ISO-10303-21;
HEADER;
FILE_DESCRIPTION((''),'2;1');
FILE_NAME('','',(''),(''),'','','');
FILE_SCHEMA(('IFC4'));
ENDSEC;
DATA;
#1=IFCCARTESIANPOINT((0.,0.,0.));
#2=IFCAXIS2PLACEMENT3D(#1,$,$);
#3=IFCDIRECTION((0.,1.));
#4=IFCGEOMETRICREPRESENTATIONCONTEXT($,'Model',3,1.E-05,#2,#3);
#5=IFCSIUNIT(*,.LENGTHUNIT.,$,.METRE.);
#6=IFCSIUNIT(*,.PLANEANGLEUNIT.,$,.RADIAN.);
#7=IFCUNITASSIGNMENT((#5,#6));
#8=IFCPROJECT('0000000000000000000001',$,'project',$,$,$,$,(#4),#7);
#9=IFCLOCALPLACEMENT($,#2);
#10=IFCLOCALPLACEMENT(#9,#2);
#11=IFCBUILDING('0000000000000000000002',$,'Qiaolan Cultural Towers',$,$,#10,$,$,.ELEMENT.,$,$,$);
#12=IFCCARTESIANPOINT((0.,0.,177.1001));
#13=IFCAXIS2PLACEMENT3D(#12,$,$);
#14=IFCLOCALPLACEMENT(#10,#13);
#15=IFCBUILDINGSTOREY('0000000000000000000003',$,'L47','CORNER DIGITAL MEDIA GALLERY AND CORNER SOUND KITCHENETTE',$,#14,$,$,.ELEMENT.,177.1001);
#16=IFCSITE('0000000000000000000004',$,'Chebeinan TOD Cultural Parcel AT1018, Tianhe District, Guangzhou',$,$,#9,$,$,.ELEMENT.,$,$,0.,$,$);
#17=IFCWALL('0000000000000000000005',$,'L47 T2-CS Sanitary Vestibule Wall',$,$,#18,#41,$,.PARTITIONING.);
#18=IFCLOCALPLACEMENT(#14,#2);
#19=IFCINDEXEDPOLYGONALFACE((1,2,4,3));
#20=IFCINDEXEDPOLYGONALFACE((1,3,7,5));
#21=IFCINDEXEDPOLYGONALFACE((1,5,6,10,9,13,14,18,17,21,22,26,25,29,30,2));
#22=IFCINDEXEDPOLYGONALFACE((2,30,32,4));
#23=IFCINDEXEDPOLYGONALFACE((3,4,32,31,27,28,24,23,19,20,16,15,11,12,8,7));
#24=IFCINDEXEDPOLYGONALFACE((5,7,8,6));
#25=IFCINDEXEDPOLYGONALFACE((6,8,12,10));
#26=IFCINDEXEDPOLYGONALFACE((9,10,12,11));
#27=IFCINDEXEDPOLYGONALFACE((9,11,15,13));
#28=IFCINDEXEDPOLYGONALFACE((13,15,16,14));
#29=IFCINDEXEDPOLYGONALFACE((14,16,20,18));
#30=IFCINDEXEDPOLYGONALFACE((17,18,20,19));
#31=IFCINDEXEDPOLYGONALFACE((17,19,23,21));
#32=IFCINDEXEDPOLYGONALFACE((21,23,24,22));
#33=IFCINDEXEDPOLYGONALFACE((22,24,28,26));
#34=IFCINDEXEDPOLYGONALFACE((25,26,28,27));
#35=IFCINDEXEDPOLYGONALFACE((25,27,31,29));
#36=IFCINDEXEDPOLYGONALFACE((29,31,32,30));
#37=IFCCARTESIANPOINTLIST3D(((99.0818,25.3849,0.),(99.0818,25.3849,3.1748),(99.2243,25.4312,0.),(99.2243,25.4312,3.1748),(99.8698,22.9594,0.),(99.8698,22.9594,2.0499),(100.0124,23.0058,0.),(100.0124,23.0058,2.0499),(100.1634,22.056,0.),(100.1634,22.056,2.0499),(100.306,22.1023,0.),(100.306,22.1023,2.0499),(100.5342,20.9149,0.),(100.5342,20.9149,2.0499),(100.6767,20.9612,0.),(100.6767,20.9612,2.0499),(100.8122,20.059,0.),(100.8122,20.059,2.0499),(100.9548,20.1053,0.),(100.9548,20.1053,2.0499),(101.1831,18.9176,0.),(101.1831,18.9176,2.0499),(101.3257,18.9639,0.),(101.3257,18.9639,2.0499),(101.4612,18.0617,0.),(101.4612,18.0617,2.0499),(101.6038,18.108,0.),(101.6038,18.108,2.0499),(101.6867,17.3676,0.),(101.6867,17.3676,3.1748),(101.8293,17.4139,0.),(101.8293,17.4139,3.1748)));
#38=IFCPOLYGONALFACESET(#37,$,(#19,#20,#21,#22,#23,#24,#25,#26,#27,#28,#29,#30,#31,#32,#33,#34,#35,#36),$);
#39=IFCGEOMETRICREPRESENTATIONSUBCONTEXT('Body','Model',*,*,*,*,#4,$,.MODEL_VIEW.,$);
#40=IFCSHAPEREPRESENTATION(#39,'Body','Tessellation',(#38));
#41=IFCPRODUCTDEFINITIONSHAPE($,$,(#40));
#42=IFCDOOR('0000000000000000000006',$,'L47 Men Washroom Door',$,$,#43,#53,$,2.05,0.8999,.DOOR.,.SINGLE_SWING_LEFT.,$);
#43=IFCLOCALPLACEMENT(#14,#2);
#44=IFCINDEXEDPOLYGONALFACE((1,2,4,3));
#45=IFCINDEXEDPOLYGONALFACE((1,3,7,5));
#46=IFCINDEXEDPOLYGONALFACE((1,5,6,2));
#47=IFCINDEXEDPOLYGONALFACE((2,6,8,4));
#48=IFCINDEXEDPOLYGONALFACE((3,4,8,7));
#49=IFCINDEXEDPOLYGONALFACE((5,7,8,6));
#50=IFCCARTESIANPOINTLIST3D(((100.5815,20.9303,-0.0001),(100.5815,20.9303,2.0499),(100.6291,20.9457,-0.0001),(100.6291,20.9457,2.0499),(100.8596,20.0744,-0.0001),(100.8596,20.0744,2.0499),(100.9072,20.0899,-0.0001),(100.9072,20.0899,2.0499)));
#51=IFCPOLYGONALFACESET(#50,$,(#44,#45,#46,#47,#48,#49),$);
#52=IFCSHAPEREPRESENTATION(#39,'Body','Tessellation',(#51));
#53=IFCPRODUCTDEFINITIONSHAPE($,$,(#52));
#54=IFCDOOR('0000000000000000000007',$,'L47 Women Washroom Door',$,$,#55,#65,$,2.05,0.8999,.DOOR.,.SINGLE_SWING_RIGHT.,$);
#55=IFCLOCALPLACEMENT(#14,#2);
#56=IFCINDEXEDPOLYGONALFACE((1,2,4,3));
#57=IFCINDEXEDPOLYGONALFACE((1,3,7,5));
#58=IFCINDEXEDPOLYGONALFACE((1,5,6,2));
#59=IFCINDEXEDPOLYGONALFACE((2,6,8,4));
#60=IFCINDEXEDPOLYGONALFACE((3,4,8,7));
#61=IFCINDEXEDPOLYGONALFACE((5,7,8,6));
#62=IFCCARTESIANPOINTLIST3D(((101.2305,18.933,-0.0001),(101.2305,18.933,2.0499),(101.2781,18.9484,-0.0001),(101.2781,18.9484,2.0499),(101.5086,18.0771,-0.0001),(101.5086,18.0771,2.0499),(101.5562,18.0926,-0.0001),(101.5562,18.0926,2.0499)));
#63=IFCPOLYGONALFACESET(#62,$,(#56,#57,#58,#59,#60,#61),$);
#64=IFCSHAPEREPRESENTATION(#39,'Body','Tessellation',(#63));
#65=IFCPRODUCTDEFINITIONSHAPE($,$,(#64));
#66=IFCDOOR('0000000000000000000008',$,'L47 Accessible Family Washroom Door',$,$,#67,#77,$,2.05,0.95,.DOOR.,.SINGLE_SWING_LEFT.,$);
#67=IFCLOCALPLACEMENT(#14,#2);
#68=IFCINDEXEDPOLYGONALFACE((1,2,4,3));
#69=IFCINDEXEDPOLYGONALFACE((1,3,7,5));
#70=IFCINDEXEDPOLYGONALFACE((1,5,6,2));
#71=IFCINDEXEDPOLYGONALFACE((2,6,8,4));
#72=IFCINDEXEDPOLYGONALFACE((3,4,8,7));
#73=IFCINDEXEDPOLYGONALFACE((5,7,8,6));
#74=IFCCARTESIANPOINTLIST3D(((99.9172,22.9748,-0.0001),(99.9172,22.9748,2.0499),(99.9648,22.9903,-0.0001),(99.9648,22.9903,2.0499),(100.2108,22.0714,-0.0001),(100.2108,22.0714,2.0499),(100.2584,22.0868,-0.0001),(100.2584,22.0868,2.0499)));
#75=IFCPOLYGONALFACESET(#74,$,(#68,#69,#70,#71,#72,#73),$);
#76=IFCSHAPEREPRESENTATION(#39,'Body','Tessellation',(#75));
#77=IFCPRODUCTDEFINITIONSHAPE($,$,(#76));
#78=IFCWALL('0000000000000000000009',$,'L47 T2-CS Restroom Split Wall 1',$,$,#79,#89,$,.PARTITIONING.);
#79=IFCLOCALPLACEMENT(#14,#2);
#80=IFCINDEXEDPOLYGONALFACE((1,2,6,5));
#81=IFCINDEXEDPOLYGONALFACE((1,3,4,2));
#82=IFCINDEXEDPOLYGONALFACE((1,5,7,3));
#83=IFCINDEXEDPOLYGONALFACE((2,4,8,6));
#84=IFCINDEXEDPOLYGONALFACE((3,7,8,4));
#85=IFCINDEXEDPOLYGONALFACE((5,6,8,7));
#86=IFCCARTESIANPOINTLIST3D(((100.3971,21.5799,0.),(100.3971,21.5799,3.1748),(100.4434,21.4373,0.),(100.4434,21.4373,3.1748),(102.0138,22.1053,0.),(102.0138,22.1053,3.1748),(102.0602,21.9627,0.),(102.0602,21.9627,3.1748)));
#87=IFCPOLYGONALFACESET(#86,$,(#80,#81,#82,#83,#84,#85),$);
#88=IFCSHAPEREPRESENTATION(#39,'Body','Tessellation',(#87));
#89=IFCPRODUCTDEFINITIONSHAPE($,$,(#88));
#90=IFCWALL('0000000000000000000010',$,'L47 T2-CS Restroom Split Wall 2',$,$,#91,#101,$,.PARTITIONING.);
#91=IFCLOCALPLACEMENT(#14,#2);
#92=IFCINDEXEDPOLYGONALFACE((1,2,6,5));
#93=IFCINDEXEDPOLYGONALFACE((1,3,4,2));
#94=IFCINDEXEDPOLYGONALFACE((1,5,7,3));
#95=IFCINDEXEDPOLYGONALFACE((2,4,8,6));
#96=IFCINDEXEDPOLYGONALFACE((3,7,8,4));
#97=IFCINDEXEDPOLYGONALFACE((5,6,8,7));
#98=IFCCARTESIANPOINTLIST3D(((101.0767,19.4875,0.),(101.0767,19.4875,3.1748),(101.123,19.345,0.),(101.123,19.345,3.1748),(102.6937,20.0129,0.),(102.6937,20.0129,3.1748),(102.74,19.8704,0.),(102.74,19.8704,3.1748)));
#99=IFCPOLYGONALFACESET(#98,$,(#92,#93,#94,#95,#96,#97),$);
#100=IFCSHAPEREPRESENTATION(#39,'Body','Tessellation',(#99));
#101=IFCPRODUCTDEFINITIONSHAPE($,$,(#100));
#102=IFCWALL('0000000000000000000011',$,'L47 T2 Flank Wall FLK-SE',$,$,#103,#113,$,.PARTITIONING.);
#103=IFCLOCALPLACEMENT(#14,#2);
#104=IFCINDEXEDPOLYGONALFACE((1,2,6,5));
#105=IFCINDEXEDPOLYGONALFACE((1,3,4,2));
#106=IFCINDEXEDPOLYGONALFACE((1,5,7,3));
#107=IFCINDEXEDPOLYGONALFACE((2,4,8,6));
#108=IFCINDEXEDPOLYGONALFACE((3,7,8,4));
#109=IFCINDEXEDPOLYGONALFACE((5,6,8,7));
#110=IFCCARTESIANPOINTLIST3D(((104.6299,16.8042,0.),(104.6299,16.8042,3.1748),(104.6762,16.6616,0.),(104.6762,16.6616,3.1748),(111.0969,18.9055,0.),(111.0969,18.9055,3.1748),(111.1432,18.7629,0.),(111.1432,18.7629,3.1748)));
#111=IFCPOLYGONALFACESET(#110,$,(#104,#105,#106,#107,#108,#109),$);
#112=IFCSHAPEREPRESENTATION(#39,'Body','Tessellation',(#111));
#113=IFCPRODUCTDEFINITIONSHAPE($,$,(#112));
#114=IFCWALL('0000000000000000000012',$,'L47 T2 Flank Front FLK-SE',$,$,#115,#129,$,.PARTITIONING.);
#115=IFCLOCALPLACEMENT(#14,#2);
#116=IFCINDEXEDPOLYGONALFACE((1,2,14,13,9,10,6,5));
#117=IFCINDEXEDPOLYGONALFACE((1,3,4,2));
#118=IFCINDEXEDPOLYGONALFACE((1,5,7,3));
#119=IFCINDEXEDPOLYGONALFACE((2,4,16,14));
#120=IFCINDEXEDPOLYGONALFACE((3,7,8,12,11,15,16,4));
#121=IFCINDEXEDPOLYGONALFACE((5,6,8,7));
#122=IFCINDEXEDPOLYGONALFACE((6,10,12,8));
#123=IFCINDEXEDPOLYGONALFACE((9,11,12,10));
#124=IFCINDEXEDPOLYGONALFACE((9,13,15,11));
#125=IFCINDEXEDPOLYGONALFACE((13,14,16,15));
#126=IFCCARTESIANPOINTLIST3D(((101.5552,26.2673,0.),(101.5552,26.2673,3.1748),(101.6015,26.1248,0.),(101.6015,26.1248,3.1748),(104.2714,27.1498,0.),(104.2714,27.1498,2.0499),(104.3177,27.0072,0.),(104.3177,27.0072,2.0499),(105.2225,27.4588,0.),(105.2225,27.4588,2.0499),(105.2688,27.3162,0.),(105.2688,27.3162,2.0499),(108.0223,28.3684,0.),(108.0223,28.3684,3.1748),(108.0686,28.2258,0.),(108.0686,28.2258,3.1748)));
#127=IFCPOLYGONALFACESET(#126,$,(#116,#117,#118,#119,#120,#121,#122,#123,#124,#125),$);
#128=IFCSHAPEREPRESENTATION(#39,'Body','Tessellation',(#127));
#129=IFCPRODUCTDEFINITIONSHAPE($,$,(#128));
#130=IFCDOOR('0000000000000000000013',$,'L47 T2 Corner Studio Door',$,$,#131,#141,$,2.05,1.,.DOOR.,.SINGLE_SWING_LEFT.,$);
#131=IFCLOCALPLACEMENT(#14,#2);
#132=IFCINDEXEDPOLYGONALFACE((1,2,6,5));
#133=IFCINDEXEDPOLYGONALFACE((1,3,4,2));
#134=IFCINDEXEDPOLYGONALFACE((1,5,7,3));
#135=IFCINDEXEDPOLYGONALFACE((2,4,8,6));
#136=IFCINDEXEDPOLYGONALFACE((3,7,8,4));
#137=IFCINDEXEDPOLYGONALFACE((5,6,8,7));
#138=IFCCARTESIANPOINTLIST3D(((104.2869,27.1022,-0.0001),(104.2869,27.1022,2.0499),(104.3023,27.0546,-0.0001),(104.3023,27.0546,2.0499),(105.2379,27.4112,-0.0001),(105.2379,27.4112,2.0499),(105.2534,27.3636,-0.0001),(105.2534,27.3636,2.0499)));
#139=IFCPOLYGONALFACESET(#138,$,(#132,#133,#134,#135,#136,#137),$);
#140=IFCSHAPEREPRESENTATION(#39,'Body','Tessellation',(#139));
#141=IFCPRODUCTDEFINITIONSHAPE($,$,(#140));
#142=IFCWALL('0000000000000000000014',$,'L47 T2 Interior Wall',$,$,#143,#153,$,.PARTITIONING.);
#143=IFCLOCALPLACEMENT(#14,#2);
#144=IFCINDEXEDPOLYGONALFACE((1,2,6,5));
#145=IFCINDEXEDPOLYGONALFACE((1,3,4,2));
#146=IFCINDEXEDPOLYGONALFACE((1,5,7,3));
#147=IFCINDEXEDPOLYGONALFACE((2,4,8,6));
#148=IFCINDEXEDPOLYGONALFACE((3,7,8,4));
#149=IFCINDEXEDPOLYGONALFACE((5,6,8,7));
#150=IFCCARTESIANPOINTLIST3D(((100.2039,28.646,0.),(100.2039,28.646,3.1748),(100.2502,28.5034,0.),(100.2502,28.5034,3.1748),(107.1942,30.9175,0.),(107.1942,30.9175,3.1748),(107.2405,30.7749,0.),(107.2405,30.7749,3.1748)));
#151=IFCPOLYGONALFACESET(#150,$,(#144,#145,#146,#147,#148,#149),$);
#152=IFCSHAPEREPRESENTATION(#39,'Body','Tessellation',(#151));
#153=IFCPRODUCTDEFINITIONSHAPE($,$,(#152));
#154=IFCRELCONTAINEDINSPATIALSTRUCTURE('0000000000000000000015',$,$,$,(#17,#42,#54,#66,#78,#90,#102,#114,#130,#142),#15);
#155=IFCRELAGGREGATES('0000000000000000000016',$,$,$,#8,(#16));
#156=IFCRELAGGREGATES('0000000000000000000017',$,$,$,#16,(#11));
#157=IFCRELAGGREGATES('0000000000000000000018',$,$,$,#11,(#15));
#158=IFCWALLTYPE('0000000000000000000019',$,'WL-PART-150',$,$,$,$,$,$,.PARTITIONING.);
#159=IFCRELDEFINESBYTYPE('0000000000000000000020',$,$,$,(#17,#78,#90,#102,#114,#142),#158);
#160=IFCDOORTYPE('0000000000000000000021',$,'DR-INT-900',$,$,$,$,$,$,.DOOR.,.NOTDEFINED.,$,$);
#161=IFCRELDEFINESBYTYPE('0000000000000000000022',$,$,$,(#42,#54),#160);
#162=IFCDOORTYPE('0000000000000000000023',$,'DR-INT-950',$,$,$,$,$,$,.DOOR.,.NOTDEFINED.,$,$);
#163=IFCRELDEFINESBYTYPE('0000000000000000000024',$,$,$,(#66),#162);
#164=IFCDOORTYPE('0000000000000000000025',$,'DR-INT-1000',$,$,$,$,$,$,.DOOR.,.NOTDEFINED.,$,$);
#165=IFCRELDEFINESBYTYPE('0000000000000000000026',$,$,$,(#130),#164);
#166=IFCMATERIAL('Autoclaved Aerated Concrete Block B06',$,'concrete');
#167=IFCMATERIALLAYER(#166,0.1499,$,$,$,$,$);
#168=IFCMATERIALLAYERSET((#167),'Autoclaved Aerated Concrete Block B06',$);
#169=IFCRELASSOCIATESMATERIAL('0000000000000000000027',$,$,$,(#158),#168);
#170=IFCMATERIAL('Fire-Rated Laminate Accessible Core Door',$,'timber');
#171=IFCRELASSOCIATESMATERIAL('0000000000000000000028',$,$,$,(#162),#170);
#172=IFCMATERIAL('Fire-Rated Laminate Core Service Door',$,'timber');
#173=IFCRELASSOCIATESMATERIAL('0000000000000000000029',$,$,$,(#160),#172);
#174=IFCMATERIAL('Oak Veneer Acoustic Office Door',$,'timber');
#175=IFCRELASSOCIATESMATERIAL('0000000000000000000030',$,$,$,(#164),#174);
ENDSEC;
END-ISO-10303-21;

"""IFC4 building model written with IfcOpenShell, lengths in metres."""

from ifc_helpers import new_model, si_unit, direction, frame, frame_2d, origin, place, context, subcontext, project, spatial, rectangle, extrude, material, layer, layer_set, type_object, element, fill, save


model = new_model("IFC4")

# Units and contexts
model_context = context("Model", 3, precision=1e-05, world=origin(), true_north=direction((0.0, 1.0)))
body_context = subcontext(model_context, "Body", "Model", "MODEL_VIEW")
ifc_project = project(units=[si_unit("LENGTHUNIT", "METRE"), si_unit("PLANEANGLEUNIT", "RADIAN")], contexts=[model_context])

# Site, building, storey
site_placement = place(None, origin())
site = spatial("IfcSite", under=ifc_project, at=site_placement, Name="Chebeinan TOD Cultural Parcel AT1018, Tianhe District, Guangzhou", CompositionType="ELEMENT", RefElevation=0.0)
building_placement = place(site_placement, origin())
building = spatial("IfcBuilding", under=site, at=building_placement, Name="Qiaolan Cultural Towers", CompositionType="ELEMENT")
storey_placement = place(building_placement, frame((0.0, 0.0, 177.1001)))
storey = spatial("IfcBuildingStorey", under=building, at=storey_placement, Name="L47", Description="CORNER DIGITAL MEDIA GALLERY AND CORNER SOUND KITCHENETTE", CompositionType="ELEMENT", Elevation=177.1001)

# Shared definitions
ifc_material_1 = material(Name="Autoclaved Aerated Concrete Block B06", Category="concrete")
ifc_layer_1 = layer(ifc_material_1, 0.1499)
ifc_layer_set_1 = layer_set([ifc_layer_1], Name="Autoclaved Aerated Concrete Block B06")
wall_type_1 = type_object("IfcWallType", Name="WL-PART-150", PredefinedType="PARTITIONING", material=ifc_layer_set_1)
ifc_material_2 = material(Name="Fire-Rated Laminate Accessible Core Door", Category="timber")
door_type_1 = type_object("IfcDoorType", Name="DR-INT-950", OperationType="NOTDEFINED", PredefinedType="DOOR", material=ifc_material_2)

# Wall, openings, doors
wall_1_placement = place(storey_placement, frame((99.1531, 25.408, 0.0), z_axis=(0.0, 0.0, 1.0), x_axis=(0.309016, -0.951057, 0.0)))
wall_1 = element("IfcWall", 1, at=wall_1_placement, inside=storey, type_object=wall_type_1, Name="L47 T2-CS Sanitary Vestibule Wall", PredefinedType="PARTITIONING", context=body_context, shape_type="SweptSolid", body=[
    extrude(rectangle(XDim=8.4299, YDim=0.1499, at=frame_2d((4.2148, 0.0))), origin(), (0.0, 0.0, 1.0), 3.1748),
])
opening_1_placement = place(wall_1_placement, frame((2.55, 0.0, 0.0)))
opening_1 = element("IfcOpeningElement", 2, at=opening_1_placement, cuts=wall_1, PredefinedType="OPENING", context=body_context, shape_type="SweptSolid", body=[
    extrude(rectangle(XDim=0.95, YDim=2.05, at=frame_2d((0.4751, 1.0249))), frame((0.0, 0.085, 0.0), z_axis=(0.0, -1.0, 0.0), x_axis=(1.0, 0.0, 0.0)), (0.0, 0.0, 1.0), 0.1699),
])
opening_2_placement = place(wall_1_placement, frame((4.7, 0.0, 0.0)))
opening_2 = element("IfcOpeningElement", 3, at=opening_2_placement, cuts=wall_1, PredefinedType="OPENING", context=body_context, shape_type="SweptSolid", body=[
    extrude(rectangle(XDim=0.8999, YDim=2.05, at=frame_2d((0.45, 1.0249))), frame((0.0, 0.085, 0.0), z_axis=(0.0, -1.0, 0.0), x_axis=(1.0, 0.0, 0.0)), (0.0, 0.0, 1.0), 0.1699),
])
opening_3_placement = place(wall_1_placement, frame((6.8, 0.0, 0.0)))
opening_3 = element("IfcOpeningElement", 4, at=opening_3_placement, cuts=wall_1, PredefinedType="OPENING", context=body_context, shape_type="SweptSolid", body=[
    extrude(rectangle(XDim=0.8999, YDim=2.05, at=frame_2d((0.45, 1.0249))), frame((0.0, 0.085, 0.0), z_axis=(0.0, -1.0, 0.0), x_axis=(1.0, 0.0, 0.0)), (0.0, 0.0, 1.0), 0.1699),
])
ifc_material_3 = material(Name="Fire-Rated Laminate Core Service Door", Category="timber")
door_type_2 = type_object("IfcDoorType", Name="DR-INT-900", OperationType="NOTDEFINED", PredefinedType="DOOR", material=ifc_material_3)
door_1_placement = place(opening_2_placement, origin())
door_1 = element("IfcDoor", 5, at=door_1_placement, inside=storey, type_object=door_type_2, Name="L47 Men Washroom Door", OperationType="SINGLE_SWING_LEFT", OverallHeight=2.05, OverallWidth=0.8999, PredefinedType="DOOR", context=body_context, shape_type="SweptSolid", body=[
    extrude(rectangle(XDim=0.8999, YDim=2.05, at=frame_2d((0.45, 1.0249))), frame((0.0, 0.0249, 0.0), z_axis=(0.0, -1.0, 0.0), x_axis=(1.0, 0.0, 0.0)), (0.0, 0.0, 1.0), 0.05),
])
fill(opening_2, door_1)
door_2_placement = place(opening_3_placement, origin())
door_2 = element("IfcDoor", 6, at=door_2_placement, inside=storey, type_object=door_type_2, Name="L47 Women Washroom Door", OperationType="SINGLE_SWING_RIGHT", OverallHeight=2.05, OverallWidth=0.8999, PredefinedType="DOOR", context=body_context, shape_type="SweptSolid", body=[
    extrude(rectangle(XDim=0.8999, YDim=2.05, at=frame_2d((0.45, 1.0249))), frame((0.0, 0.0249, 0.0), z_axis=(0.0, -1.0, 0.0), x_axis=(1.0, 0.0, 0.0)), (0.0, 0.0, 1.0), 0.05),
])
fill(opening_3, door_2)
door_3_placement = place(opening_1_placement, origin())
door_3 = element("IfcDoor", 7, at=door_3_placement, inside=storey, type_object=door_type_1, Name="L47 Accessible Family Washroom Door", OperationType="SINGLE_SWING_LEFT", OverallHeight=2.05, OverallWidth=0.95, PredefinedType="DOOR", context=body_context, shape_type="SweptSolid", body=[
    extrude(rectangle(XDim=0.95, YDim=2.05, at=frame_2d((0.4751, 1.0249))), frame((0.0, 0.0249, 0.0), z_axis=(0.0, -1.0, 0.0), x_axis=(1.0, 0.0, 0.0)), (0.0, 0.0, 1.0), 0.05),
])
fill(opening_1, door_3)

# Walls
wall_2_placement = place(storey_placement, frame((100.4202, 21.5085, 0.0), z_axis=(0.0, 0.0, 1.0), x_axis=(0.95104, 0.309067, 0.0)))
element("IfcWall", 8, at=wall_2_placement, inside=storey, type_object=wall_type_1, Name="L47 T2-CS Restroom Split Wall 1", PredefinedType="PARTITIONING", context=body_context, shape_type="SweptSolid", body=[
    extrude(rectangle(XDim=1.7, YDim=0.1499, at=frame_2d((0.8501, 0.0))), origin(), (0.0, 0.0, 1.0), 3.1748),
])
wall_3_placement = place(storey_placement, frame((101.0999, 19.4163, 0.0), z_axis=(0.0, 0.0, 1.0), x_axis=(0.951054, 0.309024, 0.0)))
element("IfcWall", 9, at=wall_3_placement, inside=storey, type_object=wall_type_1, Name="L47 T2-CS Restroom Split Wall 2", PredefinedType="PARTITIONING", context=body_context, shape_type="SweptSolid", body=[
    extrude(rectangle(XDim=1.7002, YDim=0.1499, at=frame_2d((0.8501, 0.0))), origin(), (0.0, 0.0, 1.0), 3.1748),
])
wall_4_placement = place(storey_placement, frame((104.6531, 16.7329, 0.0), z_axis=(0.0, 0.0, 1.0), x_axis=(0.951054, 0.309024, 0.0)))
element("IfcWall", 10, at=wall_4_placement, inside=storey, type_object=wall_type_1, Name="L47 T2 Flank Wall FLK-SE", PredefinedType="PARTITIONING", context=body_context, shape_type="SweptSolid", body=[
    extrude(rectangle(XDim=6.7998, YDim=0.1499, at=frame_2d((3.3999, 0.0))), origin(), (0.0, 0.0, 1.0), 3.1748),
])

# Wall, opening, door
wall_5_placement = place(storey_placement, frame((101.5784, 26.196, 0.0), z_axis=(0.0, 0.0, 1.0), x_axis=(0.951065, 0.308991, 0.0)))
wall_5 = element("IfcWall", 11, at=wall_5_placement, inside=storey, type_object=wall_type_1, Name="L47 T2 Flank Front FLK-SE", PredefinedType="PARTITIONING", context=body_context, shape_type="SweptSolid", body=[
    extrude(rectangle(XDim=6.7998, YDim=0.1499, at=frame_2d((3.3999, 0.0))), origin(), (0.0, 0.0, 1.0), 3.1748),
])
opening_4_placement = place(wall_5_placement, frame((2.856, 0.0, 0.0)))
opening_4 = element("IfcOpeningElement", 12, at=opening_4_placement, cuts=wall_5, PredefinedType="OPENING", context=body_context, shape_type="SweptSolid", body=[
    extrude(rectangle(XDim=1.0, YDim=2.05, at=frame_2d((0.5, 1.0249))), frame((0.0, 0.085, 0.0), z_axis=(0.0, -1.0, 0.0), x_axis=(1.0, 0.0, 0.0)), (0.0, 0.0, 1.0), 0.1699),
])
ifc_material_4 = material(Name="Oak Veneer Acoustic Office Door", Category="timber")
door_type_3 = type_object("IfcDoorType", Name="DR-INT-1000", OperationType="NOTDEFINED", PredefinedType="DOOR", material=ifc_material_4)
door_4_placement = place(opening_4_placement, origin())
door_4 = element("IfcDoor", 13, at=door_4_placement, inside=storey, type_object=door_type_3, Name="L47 T2 Corner Studio Door", OperationType="SINGLE_SWING_LEFT", OverallHeight=2.05, OverallWidth=1.0, PredefinedType="DOOR", context=body_context, shape_type="SweptSolid", body=[
    extrude(rectangle(XDim=1.0, YDim=2.05, at=frame_2d((0.5, 1.0249))), frame((0.0, 0.0249, 0.0), z_axis=(0.0, -1.0, 0.0), x_axis=(1.0, 0.0, 0.0)), (0.0, 0.0, 1.0), 0.05),
])
fill(opening_4, door_4)

# Wall
wall_6_placement = place(storey_placement, frame((100.2271, 28.5747, 0.0), z_axis=(0.0, 0.0, 1.0), x_axis=(0.951048, 0.309044, 0.0)))
element("IfcWall", 14, at=wall_6_placement, inside=storey, type_object=wall_type_1, Name="L47 T2 Interior Wall", PredefinedType="PARTITIONING", context=body_context, shape_type="SweptSolid", body=[
    extrude(rectangle(XDim=7.3501, YDim=0.1499, at=frame_2d((3.675, 0.0))), origin(), (0.0, 0.0, 1.0), 3.1748),
])

save(model, "model.ifc")
